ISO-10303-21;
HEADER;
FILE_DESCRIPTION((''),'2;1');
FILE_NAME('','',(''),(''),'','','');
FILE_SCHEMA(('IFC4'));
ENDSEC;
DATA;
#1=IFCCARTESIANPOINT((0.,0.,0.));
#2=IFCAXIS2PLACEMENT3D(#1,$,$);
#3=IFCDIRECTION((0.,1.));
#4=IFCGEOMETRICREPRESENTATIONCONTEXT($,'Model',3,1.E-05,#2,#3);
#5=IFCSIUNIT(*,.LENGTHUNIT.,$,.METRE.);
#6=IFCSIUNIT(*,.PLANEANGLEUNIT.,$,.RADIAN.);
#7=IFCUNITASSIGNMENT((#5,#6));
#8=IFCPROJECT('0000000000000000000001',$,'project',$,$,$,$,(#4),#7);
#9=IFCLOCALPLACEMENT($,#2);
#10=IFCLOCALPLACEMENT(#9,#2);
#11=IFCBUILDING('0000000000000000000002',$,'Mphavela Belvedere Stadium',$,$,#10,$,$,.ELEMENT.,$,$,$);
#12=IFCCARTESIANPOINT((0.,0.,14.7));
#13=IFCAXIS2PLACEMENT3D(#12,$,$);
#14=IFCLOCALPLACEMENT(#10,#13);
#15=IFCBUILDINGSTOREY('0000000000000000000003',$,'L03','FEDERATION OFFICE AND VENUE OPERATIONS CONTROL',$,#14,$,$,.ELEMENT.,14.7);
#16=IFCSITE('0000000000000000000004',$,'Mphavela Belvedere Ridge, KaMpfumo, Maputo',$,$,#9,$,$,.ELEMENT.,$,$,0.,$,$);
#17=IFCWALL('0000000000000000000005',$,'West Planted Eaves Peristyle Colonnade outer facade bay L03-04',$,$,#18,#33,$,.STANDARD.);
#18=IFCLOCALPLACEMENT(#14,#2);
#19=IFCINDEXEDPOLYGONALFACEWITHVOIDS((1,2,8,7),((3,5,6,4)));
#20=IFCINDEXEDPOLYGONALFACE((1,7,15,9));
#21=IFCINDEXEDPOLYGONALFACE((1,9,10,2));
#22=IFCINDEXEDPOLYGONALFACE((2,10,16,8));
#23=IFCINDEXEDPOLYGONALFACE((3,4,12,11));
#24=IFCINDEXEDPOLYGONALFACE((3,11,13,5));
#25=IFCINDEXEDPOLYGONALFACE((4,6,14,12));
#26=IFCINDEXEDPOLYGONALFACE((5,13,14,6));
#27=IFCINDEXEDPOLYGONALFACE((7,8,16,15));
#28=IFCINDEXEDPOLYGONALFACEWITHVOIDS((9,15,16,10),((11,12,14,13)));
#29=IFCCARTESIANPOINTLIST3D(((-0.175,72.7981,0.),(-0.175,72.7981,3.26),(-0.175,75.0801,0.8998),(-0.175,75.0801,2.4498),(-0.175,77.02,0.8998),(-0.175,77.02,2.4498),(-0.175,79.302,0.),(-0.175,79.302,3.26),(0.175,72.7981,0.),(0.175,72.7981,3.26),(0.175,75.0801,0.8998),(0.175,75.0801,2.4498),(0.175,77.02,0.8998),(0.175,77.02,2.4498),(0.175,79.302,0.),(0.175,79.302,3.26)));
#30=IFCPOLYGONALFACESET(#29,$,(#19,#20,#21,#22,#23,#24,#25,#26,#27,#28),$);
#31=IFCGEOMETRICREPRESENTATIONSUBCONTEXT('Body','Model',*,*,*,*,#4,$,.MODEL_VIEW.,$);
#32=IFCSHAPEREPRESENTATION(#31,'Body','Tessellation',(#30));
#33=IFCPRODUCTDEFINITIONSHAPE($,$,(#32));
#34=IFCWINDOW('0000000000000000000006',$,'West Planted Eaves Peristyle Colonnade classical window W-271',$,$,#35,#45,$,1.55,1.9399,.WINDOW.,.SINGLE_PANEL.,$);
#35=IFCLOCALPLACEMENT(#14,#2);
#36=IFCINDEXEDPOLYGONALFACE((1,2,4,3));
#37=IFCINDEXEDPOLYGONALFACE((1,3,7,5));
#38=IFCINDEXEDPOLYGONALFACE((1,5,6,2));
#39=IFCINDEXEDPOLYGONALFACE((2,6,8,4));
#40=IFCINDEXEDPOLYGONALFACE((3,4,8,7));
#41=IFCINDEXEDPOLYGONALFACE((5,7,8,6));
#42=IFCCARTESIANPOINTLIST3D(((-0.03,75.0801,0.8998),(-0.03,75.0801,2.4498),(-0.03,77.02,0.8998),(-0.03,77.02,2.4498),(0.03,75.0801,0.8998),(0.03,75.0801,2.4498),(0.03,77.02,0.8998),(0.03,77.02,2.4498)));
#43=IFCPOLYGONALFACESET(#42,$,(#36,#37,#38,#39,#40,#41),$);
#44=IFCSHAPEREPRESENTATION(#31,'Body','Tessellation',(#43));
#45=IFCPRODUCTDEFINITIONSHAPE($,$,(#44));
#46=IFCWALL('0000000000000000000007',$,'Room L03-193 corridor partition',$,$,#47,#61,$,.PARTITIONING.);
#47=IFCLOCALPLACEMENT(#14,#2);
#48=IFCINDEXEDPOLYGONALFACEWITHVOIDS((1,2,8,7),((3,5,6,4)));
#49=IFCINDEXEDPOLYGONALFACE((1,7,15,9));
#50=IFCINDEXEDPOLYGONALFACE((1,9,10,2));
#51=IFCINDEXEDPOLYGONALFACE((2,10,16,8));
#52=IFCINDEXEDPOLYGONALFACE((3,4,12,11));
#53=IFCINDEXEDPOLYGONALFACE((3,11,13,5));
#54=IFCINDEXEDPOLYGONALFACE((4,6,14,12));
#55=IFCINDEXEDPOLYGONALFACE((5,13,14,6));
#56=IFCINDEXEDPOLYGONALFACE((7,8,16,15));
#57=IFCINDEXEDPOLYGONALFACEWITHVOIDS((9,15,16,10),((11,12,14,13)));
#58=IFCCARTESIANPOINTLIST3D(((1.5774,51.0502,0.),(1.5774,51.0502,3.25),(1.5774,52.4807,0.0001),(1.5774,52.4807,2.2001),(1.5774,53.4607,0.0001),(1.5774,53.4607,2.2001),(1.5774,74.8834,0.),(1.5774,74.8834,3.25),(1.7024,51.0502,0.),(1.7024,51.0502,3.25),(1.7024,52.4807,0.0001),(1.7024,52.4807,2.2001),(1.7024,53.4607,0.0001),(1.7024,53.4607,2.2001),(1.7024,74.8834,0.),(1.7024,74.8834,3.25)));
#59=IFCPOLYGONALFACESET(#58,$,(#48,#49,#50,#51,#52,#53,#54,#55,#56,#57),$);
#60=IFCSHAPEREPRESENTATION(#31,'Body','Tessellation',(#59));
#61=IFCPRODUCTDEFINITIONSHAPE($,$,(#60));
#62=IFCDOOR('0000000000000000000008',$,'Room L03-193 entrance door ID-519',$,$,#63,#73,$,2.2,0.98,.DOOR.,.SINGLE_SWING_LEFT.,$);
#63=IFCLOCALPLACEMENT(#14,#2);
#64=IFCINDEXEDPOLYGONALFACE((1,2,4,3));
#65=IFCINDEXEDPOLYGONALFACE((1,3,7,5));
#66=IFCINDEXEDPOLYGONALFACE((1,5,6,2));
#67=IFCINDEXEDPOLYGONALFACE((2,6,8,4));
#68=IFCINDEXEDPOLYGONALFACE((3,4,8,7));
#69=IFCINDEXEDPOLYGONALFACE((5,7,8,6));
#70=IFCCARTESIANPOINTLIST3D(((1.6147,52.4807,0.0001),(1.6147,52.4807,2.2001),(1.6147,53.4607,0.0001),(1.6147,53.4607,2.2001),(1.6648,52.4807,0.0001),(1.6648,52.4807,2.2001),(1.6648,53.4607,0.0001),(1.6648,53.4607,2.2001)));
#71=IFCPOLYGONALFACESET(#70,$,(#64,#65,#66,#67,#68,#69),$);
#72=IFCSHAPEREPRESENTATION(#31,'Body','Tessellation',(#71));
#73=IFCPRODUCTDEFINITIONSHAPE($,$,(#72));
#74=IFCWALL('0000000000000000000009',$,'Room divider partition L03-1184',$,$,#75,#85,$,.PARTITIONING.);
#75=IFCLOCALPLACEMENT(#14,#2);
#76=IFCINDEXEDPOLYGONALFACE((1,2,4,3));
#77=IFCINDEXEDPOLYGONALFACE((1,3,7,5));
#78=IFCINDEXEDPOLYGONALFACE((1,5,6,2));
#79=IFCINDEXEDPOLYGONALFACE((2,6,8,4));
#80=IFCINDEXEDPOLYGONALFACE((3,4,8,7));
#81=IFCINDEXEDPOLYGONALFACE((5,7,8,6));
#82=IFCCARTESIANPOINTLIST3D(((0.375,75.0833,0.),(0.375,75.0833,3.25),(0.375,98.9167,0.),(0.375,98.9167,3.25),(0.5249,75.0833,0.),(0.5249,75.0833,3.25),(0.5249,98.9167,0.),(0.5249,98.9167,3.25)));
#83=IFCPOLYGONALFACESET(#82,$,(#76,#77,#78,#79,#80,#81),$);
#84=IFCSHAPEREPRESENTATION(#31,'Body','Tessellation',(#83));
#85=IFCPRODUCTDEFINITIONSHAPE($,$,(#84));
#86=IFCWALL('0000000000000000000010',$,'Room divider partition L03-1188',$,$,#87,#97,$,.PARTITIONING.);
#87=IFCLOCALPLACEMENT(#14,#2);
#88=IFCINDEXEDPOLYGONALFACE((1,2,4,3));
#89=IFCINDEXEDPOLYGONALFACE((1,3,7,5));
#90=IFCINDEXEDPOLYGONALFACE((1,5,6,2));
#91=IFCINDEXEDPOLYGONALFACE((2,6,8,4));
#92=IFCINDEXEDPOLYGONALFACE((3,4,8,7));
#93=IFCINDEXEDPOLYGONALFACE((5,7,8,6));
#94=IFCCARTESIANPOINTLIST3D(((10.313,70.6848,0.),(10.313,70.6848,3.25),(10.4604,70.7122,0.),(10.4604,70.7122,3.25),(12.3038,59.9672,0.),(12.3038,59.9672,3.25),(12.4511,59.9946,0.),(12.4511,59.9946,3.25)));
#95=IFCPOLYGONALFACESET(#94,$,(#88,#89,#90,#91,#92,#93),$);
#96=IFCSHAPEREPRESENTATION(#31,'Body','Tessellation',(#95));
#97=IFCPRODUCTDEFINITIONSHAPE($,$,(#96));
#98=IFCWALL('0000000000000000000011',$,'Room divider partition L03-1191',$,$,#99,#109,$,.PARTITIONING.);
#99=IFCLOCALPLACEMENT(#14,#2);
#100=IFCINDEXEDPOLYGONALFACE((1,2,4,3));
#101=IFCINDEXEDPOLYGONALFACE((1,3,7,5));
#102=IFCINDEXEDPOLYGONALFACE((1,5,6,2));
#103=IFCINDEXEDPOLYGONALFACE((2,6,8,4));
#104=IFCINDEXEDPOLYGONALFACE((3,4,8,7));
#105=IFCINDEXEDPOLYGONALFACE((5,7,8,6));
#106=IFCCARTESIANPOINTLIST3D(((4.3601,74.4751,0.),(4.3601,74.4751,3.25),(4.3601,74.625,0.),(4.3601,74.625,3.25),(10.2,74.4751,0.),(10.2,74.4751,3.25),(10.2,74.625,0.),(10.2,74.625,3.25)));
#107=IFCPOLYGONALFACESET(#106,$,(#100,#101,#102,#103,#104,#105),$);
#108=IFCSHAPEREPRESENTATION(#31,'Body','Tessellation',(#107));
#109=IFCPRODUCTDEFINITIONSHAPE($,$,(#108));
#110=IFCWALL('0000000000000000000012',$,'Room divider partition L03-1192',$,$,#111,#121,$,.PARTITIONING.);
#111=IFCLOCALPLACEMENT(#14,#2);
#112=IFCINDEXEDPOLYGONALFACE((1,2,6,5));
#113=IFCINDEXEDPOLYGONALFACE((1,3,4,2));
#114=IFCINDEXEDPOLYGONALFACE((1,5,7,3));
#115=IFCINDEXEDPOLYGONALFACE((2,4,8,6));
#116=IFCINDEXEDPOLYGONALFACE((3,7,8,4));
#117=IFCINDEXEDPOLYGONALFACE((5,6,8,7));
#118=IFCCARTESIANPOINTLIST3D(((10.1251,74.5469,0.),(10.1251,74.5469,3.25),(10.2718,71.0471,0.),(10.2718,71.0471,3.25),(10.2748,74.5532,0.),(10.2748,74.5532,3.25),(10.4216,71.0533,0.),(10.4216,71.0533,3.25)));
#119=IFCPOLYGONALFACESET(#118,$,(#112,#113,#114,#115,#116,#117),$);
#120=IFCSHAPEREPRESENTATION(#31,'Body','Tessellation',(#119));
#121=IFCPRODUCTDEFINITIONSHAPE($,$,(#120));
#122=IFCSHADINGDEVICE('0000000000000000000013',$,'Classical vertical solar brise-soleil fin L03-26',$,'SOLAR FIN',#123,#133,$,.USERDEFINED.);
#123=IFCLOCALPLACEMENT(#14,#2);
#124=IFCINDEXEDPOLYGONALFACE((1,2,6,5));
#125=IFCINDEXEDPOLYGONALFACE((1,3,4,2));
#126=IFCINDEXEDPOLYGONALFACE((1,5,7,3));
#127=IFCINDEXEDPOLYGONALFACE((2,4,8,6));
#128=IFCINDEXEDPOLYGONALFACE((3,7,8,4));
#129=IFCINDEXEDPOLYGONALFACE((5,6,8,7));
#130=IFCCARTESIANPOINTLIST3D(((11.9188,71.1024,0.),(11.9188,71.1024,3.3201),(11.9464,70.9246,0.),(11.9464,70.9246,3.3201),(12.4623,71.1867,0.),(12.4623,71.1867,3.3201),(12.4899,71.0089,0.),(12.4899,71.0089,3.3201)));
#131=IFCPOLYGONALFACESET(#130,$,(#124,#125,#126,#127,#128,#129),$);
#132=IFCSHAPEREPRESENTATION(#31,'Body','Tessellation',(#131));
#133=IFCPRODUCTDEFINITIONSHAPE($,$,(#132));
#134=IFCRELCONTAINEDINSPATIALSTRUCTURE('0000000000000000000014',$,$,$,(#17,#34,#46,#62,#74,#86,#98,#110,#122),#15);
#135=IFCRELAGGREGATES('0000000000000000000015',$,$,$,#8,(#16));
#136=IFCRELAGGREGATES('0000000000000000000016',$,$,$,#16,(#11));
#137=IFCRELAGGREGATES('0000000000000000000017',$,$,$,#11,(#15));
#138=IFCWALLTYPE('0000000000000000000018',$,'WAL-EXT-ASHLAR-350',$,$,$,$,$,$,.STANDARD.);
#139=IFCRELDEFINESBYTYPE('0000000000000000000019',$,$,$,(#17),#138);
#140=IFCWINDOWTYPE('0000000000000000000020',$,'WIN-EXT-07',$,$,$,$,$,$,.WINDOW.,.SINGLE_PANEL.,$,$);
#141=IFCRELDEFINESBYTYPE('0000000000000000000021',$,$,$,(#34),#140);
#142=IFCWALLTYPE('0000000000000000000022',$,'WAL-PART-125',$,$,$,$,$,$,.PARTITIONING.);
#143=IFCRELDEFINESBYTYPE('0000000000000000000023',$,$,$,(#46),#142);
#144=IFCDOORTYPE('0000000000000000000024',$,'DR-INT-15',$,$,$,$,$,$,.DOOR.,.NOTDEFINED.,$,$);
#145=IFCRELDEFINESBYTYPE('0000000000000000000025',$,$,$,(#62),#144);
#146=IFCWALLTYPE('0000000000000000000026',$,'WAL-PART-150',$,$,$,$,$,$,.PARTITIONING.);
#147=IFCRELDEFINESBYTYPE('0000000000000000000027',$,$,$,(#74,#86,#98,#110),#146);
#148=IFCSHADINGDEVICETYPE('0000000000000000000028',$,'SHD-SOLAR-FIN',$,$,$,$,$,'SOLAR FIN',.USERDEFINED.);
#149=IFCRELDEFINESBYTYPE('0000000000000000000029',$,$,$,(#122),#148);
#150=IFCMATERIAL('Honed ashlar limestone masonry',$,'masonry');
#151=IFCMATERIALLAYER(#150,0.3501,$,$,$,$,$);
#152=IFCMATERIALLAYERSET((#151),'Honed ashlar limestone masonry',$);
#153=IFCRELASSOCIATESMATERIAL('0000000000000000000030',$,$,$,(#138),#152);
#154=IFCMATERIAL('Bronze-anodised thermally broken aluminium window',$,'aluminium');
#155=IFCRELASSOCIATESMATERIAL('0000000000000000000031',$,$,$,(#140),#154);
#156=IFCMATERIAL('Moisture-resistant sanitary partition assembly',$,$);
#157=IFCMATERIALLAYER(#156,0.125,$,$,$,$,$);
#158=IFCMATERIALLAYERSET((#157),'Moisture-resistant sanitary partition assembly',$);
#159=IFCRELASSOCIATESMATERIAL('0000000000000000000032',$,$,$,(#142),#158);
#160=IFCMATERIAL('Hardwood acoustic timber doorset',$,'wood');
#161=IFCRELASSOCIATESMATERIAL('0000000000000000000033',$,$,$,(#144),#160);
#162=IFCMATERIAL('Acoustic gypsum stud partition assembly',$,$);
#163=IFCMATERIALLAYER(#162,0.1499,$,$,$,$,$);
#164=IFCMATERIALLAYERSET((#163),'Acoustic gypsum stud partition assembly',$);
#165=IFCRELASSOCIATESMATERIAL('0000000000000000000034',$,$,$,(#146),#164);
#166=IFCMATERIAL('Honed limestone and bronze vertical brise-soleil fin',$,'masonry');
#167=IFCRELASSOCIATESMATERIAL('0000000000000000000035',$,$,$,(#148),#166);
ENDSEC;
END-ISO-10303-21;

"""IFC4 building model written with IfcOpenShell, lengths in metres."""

from ifc_helpers import new_model, si_unit, direction, frame, frame_2d, origin, origin_2d, place, context, subcontext, project, spatial, rectangle, extrude, material, layer, layer_set, type_object, element, fill, save


model = new_model("IFC4")

# Units and contexts
model_context = context("Model", 3, precision=1e-05, world=origin(), true_north=direction((0.0, 1.0)))
body_context = subcontext(model_context, "Body", "Model", "MODEL_VIEW")
ifc_project = project(units=[si_unit("LENGTHUNIT", "METRE"), si_unit("PLANEANGLEUNIT", "RADIAN")], contexts=[model_context])

# Site, building, storey
site_placement = place(None, origin())
site = spatial("IfcSite", under=ifc_project, at=site_placement, Name="Mphavela Belvedere Ridge, KaMpfumo, Maputo", CompositionType="ELEMENT", RefElevation=0.0)
building_placement = place(site_placement, origin())
building = spatial("IfcBuilding", under=site, at=building_placement, Name="Mphavela Belvedere Stadium", CompositionType="ELEMENT")
storey_placement = place(building_placement, frame((0.0, 0.0, 14.7)))
storey = spatial("IfcBuildingStorey", under=building, at=storey_placement, Name="L03", Description="FEDERATION OFFICE AND VENUE OPERATIONS CONTROL", CompositionType="ELEMENT", Elevation=14.7)

# Wall, opening, window
ifc_material_1 = material(Name="Honed ashlar limestone masonry", Category="masonry")
ifc_layer_1 = layer(ifc_material_1, 0.3501)
ifc_layer_set_1 = layer_set([ifc_layer_1], Name="Honed ashlar limestone masonry")
wall_type_1 = type_object("IfcWallType", Name="WAL-EXT-ASHLAR-350", PredefinedType="STANDARD", material=ifc_layer_set_1)
wall_1_placement = place(storey_placement, frame((0.0, 72.7981, 0.0), z_axis=(0.0, 0.0, 1.0), x_axis=(0.0, 1.0, 0.0)))
wall_1 = element("IfcWall", 1, at=wall_1_placement, inside=storey, type_object=wall_type_1, Name="West Planted Eaves Peristyle Colonnade outer facade bay L03-04", PredefinedType="STANDARD", context=body_context, shape_type="SweptSolid", body=[
    extrude(rectangle(XDim=6.5039, YDim=0.3501, at=frame_2d((3.252, 0.0))), origin(), (0.0, 0.0, 1.0), 3.26),
])
opening_1_placement = place(wall_1_placement, frame((2.282, 0.0, 0.8999)))
opening_1 = element("IfcOpeningElement", 2, at=opening_1_placement, cuts=wall_1, PredefinedType="OPENING", context=body_context, shape_type="SweptSolid", body=[
    extrude(rectangle(XDim=1.9399, YDim=1.55, at=frame_2d((0.97, 0.7749))), frame((0.0, 0.1851, 0.0), z_axis=(0.0, -1.0, 0.0), x_axis=(1.0, 0.0, 0.0)), (0.0, 0.0, 1.0), 0.3701),
])
ifc_material_2 = material(Name="Bronze-anodised thermally broken aluminium window", Category="aluminium")
window_type = type_object("IfcWindowType", Name="WIN-EXT-07", PartitioningType="SINGLE_PANEL", PredefinedType="WINDOW", material=ifc_material_2)
window_placement = place(opening_1_placement, origin())
window = element("IfcWindow", 3, at=window_placement, inside=storey, type_object=window_type, Name="West Planted Eaves Peristyle Colonnade classical window W-271", OverallHeight=1.55, OverallWidth=1.9399, PartitioningType="SINGLE_PANEL", PredefinedType="WINDOW", context=body_context, shape_type="SweptSolid", body=[
    extrude(rectangle(XDim=1.9399, YDim=1.55, at=frame_2d((0.97, 0.7749))), frame((0.0, 0.03, 0.0), z_axis=(0.0, -1.0, 0.0), x_axis=(1.0, 0.0, 0.0)), (0.0, 0.0, 1.0), 0.0601),
])
fill(opening_1, window)

# Wall, opening, door
ifc_material_3 = material(Name="Moisture-resistant sanitary partition assembly")
ifc_layer_2 = layer(ifc_material_3, 0.125)
ifc_layer_set_2 = layer_set([ifc_layer_2], Name="Moisture-resistant sanitary partition assembly")
wall_type_2 = type_object("IfcWallType", Name="WAL-PART-125", PredefinedType="PARTITIONING", material=ifc_layer_set_2)
wall_2_placement = place(storey_placement, frame((1.6399, 74.8833, 0.0), z_axis=(0.0, 0.0, 1.0), x_axis=(0.0, -1.0, 0.0)))
wall_2 = element("IfcWall", 4, at=wall_2_placement, inside=storey, type_object=wall_type_2, Name="Room L03-193 corridor partition", PredefinedType="PARTITIONING", context=body_context, shape_type="SweptSolid", body=[
    extrude(rectangle(XDim=23.8333, YDim=0.125, at=frame_2d((11.9165, 0.0))), origin(), (0.0, 0.0, 1.0), 3.25),
])
opening_2_placement = place(wall_2_placement, frame((21.4226, 0.0, 0.0)))
opening_2 = element("IfcOpeningElement", 5, at=opening_2_placement, cuts=wall_2, PredefinedType="OPENING", context=body_context, shape_type="SweptSolid", body=[
    extrude(rectangle(XDim=0.98, YDim=2.2, at=frame_2d((0.49, 1.1001))), frame((0.0, 0.0725, 0.0), z_axis=(0.0, -1.0, 0.0), x_axis=(1.0, 0.0, 0.0)), (0.0, 0.0, 1.0), 0.145),
])
ifc_material_4 = material(Name="Hardwood acoustic timber doorset", Category="wood")
door_type = type_object("IfcDoorType", Name="DR-INT-15", OperationType="NOTDEFINED", PredefinedType="DOOR", material=ifc_material_4)
door_placement = place(opening_2_placement, origin())
door = element("IfcDoor", 6, at=door_placement, inside=storey, type_object=door_type, Name="Room L03-193 entrance door ID-519", OperationType="SINGLE_SWING_LEFT", OverallHeight=2.2, OverallWidth=0.98, PredefinedType="DOOR", context=body_context, shape_type="SweptSolid", body=[
    extrude(rectangle(XDim=0.98, YDim=2.2, at=frame_2d((0.49, 1.1001))), frame((0.0, 0.0249, 0.0), z_axis=(0.0, -1.0, 0.0), x_axis=(1.0, 0.0, 0.0)), (0.0, 0.0, 1.0), 0.05),
])
fill(opening_2, door)

# Walls
ifc_material_5 = material(Name="Acoustic gypsum stud partition assembly")
ifc_layer_3 = layer(ifc_material_5, 0.1499)
ifc_layer_set_3 = layer_set([ifc_layer_3], Name="Acoustic gypsum stud partition assembly")
wall_type_3 = type_object("IfcWallType", Name="WAL-PART-150", PredefinedType="PARTITIONING", material=ifc_layer_set_3)
wall_3_placement = place(storey_placement, frame((0.45, 75.0833, 0.0), z_axis=(0.0, 0.0, 1.0), x_axis=(0.0, 1.0, 0.0)))
element("IfcWall", 7, at=wall_3_placement, inside=storey, type_object=wall_type_3, Name="Room divider partition L03-1184", PredefinedType="PARTITIONING", context=body_context, shape_type="SweptSolid", body=[
    extrude(rectangle(XDim=23.8335, YDim=0.1499, at=frame_2d((11.9167, 0.0))), origin(), (0.0, 0.0, 1.0), 3.25),
])
wall_4_placement = place(storey_placement, frame((10.3867, 70.6985, 0.0), z_axis=(0.0, 0.0, 1.0), x_axis=(0.182621, -0.983183, 0.0)))
element("IfcWall", 8, at=wall_4_placement, inside=storey, type_object=wall_type_3, Name="Room divider partition L03-1188", PredefinedType="PARTITIONING", context=body_context, shape_type="SweptSolid", body=[
    extrude(rectangle(XDim=10.9009, YDim=0.1499, at=frame_2d((5.4504, 0.0))), origin(), (0.0, 0.0, 1.0), 3.25),
])
wall_5_placement = place(storey_placement, frame((4.3601, 74.55, 0.0), z_axis=(0.0, 0.0, 1.0), x_axis=(1.0, 0.0, 0.0)))
element("IfcWall", 9, at=wall_5_placement, inside=storey, type_object=wall_type_3, Name="Room divider partition L03-1191", PredefinedType="PARTITIONING", context=body_context, shape_type="SweptSolid", body=[
    extrude(rectangle(XDim=5.8398, YDim=0.1499, at=frame_2d((2.9199, 0.0))), origin(), (0.0, 0.0, 1.0), 3.25),
])
wall_6_placement = place(storey_placement, frame((10.2, 74.55, 0.0), z_axis=(0.0, 0.0, 1.0), x_axis=(0.041889, -0.999122, 0.0)))
element("IfcWall", 10, at=wall_6_placement, inside=storey, type_object=wall_type_3, Name="Room divider partition L03-1192", PredefinedType="PARTITIONING", context=body_context, shape_type="SweptSolid", body=[
    extrude(rectangle(XDim=3.5029, YDim=0.1499, at=frame_2d((1.7515, 0.0))), origin(), (0.0, 0.0, 1.0), 3.25),
])

# Shading device
ifc_material_6 = material(Name="Honed limestone and bronze vertical brise-soleil fin", Category="masonry")
shading_device_type = type_object("IfcShadingDeviceType", Name="SHD-SOLAR-FIN", ElementType="SOLAR FIN", PredefinedType="USERDEFINED", material=ifc_material_6)
shading_device_placement = place(storey_placement, frame((12.2043, 71.0557, 0.0), z_axis=(0.0, 0.0, 1.0), x_axis=(-0.988175, -0.153331, 0.0)))
element("IfcShadingDevice", 11, at=shading_device_placement, inside=storey, type_object=shading_device_type, Name="Classical vertical solar brise-soleil fin L03-26", ObjectType="SOLAR FIN", PredefinedType="USERDEFINED", context=body_context, shape_type="SweptSolid", body=[
    extrude(rectangle(XDim=0.55, YDim=0.1799, at=origin_2d()), origin(), (0.0, 0.0, 1.0), 3.3201),
])

save(model, "model.ifc")
